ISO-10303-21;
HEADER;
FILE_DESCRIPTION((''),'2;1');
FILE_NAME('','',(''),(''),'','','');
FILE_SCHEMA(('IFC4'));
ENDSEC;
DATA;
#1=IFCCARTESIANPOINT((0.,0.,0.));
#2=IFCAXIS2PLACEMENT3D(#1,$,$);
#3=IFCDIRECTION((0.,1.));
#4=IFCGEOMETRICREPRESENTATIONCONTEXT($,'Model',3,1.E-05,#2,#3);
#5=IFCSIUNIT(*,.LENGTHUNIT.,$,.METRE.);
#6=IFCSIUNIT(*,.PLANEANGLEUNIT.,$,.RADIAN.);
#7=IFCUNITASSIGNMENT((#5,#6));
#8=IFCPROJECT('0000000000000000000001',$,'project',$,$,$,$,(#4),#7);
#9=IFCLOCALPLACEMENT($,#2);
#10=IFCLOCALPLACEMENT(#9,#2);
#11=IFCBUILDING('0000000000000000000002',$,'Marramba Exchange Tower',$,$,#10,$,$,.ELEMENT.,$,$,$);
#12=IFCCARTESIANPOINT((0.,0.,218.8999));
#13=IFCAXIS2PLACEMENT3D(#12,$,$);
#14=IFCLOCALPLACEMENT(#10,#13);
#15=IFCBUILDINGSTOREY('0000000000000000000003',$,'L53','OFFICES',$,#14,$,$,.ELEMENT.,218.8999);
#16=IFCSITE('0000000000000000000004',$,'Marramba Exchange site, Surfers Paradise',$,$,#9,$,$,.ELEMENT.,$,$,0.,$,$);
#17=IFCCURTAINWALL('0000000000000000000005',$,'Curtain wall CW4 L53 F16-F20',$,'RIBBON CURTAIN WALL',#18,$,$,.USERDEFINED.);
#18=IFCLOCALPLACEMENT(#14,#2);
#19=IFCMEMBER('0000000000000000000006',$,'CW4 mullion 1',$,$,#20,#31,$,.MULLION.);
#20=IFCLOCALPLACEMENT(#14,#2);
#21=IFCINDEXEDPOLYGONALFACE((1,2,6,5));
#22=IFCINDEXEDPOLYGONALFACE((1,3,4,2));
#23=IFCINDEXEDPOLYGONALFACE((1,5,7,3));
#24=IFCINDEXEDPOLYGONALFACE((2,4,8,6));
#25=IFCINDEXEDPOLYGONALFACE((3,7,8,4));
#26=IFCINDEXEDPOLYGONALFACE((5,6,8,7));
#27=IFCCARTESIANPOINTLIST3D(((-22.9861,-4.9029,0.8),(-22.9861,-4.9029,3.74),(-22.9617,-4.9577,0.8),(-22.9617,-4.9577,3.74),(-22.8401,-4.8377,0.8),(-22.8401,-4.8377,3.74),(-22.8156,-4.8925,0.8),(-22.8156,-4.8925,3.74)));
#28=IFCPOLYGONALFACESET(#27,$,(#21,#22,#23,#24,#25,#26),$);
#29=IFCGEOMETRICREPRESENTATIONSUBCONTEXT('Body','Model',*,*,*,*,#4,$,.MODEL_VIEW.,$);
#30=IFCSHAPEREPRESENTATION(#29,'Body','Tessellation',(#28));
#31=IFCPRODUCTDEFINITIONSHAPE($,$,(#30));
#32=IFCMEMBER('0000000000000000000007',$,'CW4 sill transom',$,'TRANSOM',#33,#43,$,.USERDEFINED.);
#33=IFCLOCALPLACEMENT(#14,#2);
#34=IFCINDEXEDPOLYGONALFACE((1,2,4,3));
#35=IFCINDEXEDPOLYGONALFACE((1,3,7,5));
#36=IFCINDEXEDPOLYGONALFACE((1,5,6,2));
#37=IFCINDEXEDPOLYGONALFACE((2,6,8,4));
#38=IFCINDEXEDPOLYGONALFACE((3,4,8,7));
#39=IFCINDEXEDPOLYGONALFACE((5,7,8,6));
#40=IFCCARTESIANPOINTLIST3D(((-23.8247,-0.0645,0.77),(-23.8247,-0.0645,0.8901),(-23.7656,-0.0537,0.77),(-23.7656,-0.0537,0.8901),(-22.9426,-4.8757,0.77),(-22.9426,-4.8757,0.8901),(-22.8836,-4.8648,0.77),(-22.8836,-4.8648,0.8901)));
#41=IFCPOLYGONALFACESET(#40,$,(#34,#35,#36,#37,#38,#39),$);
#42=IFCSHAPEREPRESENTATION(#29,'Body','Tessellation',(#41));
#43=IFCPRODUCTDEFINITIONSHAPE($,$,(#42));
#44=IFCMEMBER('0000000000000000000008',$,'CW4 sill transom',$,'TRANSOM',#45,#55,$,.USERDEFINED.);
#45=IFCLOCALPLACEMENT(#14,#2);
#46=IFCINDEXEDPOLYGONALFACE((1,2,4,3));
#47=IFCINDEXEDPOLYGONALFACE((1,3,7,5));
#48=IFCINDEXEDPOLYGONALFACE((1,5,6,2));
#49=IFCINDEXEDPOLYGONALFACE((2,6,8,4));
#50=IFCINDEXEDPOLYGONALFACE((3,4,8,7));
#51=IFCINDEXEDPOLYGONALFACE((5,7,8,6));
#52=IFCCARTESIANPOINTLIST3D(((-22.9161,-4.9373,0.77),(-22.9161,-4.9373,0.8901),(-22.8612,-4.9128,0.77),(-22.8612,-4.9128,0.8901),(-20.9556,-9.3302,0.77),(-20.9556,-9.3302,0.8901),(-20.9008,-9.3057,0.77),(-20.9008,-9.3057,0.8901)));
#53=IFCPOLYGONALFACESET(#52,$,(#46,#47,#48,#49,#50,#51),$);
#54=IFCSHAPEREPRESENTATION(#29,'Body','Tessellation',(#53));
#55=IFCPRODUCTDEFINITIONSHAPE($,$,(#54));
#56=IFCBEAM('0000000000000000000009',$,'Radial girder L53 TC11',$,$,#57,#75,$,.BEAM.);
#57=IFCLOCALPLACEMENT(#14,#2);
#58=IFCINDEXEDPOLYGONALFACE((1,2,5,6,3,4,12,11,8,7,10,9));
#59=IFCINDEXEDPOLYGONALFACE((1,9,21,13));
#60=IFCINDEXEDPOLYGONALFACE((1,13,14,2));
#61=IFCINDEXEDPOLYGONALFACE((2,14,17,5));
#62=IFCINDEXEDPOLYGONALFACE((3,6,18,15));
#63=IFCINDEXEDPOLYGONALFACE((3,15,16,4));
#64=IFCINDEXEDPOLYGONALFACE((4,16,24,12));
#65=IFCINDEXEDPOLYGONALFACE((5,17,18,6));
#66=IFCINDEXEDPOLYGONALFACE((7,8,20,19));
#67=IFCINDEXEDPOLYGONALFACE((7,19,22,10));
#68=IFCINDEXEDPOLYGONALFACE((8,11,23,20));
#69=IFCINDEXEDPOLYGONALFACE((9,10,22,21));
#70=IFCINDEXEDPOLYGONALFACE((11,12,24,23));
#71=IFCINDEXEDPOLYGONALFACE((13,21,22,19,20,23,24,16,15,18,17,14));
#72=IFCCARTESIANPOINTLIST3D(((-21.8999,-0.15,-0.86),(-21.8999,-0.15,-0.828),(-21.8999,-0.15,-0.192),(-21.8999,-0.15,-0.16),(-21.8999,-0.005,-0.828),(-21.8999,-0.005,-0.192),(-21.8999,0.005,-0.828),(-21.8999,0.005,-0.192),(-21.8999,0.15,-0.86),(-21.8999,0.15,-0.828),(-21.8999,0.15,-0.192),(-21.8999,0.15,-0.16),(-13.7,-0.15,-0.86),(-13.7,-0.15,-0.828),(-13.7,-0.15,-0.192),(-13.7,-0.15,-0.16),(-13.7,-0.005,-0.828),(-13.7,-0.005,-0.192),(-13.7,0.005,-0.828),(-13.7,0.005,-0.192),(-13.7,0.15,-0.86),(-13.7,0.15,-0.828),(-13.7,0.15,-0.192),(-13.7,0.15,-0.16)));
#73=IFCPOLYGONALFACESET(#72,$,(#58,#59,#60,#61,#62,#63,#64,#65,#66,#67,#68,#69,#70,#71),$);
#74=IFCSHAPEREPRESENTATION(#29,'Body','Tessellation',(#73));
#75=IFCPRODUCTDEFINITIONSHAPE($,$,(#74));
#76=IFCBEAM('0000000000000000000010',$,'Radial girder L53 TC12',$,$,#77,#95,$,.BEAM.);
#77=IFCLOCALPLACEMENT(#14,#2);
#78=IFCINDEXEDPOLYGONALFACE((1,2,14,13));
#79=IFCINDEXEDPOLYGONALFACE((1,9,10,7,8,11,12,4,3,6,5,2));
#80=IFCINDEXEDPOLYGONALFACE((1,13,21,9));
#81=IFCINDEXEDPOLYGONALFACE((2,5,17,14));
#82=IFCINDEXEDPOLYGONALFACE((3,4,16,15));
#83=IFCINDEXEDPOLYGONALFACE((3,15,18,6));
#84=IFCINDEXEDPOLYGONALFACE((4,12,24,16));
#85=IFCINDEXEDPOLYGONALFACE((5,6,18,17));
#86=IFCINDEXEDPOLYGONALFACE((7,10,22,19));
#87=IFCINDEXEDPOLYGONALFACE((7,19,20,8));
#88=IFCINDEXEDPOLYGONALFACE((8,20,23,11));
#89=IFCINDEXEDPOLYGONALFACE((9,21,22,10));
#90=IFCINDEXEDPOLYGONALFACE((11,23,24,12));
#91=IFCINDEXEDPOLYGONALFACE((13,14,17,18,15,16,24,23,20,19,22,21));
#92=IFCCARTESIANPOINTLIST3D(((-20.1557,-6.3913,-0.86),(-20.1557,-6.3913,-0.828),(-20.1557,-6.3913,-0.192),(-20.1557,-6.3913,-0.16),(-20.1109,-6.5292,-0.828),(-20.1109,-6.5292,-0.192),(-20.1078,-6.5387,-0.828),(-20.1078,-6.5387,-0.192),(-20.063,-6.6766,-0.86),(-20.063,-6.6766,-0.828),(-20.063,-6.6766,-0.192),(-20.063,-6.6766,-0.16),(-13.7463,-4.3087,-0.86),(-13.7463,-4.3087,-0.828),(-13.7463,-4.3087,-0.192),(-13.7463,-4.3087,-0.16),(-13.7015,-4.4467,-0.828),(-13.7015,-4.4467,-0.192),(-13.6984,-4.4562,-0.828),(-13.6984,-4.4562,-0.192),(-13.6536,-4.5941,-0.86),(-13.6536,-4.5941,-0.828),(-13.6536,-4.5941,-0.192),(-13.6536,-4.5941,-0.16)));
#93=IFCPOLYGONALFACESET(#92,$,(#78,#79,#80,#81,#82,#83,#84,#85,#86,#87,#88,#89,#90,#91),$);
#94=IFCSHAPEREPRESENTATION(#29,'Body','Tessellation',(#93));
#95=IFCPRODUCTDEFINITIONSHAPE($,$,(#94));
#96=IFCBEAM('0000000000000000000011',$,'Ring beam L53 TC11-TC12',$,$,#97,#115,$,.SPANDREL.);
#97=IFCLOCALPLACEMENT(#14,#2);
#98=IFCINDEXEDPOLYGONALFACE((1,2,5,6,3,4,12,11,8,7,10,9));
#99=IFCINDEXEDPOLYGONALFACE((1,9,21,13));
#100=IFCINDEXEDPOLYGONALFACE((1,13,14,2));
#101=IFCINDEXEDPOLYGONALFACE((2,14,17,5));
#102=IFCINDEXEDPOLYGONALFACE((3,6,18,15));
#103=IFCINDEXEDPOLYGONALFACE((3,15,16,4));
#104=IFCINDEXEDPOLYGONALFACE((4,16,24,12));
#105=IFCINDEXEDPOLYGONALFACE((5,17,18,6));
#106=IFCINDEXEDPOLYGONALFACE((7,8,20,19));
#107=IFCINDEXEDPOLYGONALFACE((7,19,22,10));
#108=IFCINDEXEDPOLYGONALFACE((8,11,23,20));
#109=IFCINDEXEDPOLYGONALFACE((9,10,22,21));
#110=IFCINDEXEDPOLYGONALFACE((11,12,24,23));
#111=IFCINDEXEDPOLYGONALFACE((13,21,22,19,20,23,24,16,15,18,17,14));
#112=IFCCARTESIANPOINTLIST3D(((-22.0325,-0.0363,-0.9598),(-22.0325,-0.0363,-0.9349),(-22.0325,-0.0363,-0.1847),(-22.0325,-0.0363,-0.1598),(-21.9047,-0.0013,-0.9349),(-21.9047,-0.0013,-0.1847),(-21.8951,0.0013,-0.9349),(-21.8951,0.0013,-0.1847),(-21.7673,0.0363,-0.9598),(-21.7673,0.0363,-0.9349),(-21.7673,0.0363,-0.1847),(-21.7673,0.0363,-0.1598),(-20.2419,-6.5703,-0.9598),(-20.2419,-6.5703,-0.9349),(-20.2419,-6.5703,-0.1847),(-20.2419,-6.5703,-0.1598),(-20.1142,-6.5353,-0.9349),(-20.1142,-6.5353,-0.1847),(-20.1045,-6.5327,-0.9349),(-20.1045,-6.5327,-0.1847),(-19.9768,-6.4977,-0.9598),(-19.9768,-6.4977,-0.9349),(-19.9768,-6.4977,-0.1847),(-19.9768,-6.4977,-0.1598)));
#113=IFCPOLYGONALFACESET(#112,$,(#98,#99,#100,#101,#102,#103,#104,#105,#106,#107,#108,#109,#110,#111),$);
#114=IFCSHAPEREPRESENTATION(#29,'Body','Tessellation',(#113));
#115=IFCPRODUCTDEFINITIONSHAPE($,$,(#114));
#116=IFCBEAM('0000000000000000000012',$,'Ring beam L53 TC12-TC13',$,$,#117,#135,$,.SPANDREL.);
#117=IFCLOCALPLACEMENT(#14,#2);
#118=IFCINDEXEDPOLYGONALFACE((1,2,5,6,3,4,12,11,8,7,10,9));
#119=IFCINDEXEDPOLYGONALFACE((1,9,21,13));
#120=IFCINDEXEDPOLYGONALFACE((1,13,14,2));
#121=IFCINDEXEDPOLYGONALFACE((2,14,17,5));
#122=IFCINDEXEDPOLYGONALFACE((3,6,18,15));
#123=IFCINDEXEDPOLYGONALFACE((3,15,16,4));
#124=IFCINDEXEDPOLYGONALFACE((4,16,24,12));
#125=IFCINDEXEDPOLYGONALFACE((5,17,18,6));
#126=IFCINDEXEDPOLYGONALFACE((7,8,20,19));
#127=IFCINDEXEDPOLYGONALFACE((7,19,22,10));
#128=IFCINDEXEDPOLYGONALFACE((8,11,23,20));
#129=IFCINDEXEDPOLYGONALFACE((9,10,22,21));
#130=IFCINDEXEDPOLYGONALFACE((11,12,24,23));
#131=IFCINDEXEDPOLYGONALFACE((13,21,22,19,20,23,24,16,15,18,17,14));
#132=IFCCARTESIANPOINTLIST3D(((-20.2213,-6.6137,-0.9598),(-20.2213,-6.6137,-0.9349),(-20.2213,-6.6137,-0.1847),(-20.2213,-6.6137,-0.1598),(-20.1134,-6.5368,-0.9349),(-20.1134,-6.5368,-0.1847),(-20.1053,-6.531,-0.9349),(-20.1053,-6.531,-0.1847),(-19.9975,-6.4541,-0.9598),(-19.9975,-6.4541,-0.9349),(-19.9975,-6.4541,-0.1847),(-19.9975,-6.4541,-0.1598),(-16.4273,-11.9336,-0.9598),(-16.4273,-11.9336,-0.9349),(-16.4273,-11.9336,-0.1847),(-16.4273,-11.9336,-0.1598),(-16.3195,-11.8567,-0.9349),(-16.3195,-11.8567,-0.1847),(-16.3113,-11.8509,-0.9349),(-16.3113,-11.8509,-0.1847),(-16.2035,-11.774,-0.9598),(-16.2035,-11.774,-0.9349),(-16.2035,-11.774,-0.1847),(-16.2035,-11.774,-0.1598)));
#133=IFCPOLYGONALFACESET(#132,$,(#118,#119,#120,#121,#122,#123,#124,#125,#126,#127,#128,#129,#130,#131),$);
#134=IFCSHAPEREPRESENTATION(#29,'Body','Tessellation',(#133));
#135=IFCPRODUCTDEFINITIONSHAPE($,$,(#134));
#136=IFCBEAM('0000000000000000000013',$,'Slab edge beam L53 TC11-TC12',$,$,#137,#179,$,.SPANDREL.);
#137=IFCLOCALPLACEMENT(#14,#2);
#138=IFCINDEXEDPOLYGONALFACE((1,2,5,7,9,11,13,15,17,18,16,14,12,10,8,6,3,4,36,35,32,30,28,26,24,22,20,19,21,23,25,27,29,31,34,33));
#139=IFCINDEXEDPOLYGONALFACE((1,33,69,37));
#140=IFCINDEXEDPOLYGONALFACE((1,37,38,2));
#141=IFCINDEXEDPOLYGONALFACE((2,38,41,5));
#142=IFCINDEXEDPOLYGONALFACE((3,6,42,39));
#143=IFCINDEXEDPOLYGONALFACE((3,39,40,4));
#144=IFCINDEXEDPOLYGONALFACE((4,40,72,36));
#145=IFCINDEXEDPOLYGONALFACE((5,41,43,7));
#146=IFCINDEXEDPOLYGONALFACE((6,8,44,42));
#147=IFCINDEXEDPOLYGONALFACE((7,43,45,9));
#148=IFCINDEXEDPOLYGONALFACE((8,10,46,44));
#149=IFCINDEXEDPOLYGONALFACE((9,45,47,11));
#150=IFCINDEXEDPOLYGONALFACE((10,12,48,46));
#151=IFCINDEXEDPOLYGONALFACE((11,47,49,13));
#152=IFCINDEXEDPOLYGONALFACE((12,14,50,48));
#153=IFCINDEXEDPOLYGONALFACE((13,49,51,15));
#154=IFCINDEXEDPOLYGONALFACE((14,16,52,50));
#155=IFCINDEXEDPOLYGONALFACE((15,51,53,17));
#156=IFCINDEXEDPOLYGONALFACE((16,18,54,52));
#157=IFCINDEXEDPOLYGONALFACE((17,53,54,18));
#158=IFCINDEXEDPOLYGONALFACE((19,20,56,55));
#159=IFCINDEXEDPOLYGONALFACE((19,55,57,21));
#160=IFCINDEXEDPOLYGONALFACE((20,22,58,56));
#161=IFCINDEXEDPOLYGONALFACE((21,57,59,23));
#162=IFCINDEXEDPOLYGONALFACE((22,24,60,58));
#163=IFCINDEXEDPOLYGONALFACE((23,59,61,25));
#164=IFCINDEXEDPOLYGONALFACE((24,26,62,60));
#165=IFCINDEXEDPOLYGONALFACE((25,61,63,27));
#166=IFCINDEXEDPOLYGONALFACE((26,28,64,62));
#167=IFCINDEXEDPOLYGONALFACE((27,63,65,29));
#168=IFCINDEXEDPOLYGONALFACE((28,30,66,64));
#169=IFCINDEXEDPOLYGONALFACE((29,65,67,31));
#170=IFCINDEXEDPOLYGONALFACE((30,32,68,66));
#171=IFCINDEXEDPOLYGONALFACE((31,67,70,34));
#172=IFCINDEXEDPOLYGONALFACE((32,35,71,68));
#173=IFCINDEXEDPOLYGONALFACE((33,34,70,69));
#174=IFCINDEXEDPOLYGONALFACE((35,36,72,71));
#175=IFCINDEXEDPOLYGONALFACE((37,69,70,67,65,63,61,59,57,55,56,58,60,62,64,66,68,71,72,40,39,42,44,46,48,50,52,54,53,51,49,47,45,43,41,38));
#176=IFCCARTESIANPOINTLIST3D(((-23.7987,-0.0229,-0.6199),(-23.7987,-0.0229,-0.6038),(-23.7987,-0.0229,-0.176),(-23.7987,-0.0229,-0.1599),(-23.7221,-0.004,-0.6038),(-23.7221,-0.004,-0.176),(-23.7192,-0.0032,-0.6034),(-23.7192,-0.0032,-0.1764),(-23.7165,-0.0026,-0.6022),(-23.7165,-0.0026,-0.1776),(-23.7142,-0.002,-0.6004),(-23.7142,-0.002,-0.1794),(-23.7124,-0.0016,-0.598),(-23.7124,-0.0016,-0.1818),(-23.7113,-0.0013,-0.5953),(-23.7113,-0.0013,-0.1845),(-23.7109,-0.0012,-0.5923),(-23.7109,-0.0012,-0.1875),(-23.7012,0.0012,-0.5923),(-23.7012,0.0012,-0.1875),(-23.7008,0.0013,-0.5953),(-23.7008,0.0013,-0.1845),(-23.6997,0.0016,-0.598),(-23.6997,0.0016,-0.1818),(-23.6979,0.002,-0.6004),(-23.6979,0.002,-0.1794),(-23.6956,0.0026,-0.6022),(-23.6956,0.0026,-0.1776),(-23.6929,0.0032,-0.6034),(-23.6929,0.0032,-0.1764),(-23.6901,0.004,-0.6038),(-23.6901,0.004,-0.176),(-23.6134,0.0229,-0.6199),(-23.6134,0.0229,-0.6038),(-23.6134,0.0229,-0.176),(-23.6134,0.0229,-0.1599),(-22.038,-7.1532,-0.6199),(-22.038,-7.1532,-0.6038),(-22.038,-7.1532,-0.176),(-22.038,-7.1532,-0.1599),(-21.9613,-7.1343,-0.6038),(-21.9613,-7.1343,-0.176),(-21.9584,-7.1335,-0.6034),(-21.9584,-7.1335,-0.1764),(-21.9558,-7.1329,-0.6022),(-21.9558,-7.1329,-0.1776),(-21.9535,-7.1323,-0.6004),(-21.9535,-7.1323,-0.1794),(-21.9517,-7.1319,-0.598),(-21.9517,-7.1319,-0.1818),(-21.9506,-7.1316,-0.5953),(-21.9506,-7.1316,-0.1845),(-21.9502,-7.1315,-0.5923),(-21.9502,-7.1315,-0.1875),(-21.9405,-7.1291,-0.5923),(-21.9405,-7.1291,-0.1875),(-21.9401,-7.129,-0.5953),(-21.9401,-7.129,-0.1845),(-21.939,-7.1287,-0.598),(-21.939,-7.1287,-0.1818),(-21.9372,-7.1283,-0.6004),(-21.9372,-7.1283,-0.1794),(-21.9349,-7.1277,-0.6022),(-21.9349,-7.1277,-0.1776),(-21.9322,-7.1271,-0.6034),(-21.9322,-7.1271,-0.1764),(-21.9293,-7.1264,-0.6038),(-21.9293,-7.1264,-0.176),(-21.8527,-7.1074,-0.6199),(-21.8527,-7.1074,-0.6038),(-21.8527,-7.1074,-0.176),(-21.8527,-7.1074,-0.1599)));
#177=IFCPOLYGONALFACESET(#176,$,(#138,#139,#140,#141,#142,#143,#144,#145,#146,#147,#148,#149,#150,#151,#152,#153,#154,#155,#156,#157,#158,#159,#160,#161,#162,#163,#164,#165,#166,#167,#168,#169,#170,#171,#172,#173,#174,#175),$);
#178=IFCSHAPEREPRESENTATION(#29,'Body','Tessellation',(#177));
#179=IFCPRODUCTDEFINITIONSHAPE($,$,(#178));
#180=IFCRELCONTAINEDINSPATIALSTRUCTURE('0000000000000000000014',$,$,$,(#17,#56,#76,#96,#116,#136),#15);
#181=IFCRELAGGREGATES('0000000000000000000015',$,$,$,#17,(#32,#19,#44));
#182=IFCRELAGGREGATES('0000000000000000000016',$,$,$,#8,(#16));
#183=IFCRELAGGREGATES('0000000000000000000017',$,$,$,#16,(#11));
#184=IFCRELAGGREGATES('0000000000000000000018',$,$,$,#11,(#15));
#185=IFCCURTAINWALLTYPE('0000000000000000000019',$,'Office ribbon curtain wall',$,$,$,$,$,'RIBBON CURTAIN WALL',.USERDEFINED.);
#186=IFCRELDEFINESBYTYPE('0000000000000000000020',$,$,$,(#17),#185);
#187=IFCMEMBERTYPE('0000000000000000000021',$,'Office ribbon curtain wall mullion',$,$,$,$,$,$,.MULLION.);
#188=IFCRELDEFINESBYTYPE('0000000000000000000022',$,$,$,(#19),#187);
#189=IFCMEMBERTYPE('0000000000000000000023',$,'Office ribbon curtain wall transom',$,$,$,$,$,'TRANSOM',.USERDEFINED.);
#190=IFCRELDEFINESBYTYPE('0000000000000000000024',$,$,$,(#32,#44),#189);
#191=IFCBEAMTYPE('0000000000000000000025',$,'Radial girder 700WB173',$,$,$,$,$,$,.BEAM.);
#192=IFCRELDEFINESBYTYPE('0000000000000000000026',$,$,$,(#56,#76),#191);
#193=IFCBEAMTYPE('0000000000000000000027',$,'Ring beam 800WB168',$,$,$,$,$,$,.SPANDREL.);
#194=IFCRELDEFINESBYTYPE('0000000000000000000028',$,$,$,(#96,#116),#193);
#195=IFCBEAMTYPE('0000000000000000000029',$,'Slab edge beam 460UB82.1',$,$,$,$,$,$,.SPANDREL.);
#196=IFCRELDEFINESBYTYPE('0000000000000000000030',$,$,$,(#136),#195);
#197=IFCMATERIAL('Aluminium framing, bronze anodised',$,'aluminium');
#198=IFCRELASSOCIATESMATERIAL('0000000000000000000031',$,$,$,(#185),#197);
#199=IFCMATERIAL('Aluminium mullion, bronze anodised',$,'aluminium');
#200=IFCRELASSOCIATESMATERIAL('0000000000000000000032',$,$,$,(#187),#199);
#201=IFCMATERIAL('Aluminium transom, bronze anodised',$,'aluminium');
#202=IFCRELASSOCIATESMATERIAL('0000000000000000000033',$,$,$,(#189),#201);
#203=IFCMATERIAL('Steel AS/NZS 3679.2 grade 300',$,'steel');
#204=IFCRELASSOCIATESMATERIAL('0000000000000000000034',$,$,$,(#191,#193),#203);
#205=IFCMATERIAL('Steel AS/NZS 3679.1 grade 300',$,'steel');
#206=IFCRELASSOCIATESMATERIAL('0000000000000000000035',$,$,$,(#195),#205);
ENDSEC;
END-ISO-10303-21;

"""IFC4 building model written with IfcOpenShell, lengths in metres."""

from ifc_helpers import new_model, si_unit, direction, frame, origin, origin_2d, place, context, subcontext, project, spatial, rectangle, i_section, extrude, material, material_profile, profile_set, type_object, element, aggregate, save


model = new_model("IFC4")

# Units and contexts
model_context = context("Model", 3, precision=1e-05, world=origin(), true_north=direction((0.0, 1.0)))
body_context = subcontext(model_context, "Body", "Model", "MODEL_VIEW")
ifc_project = project(units=[si_unit("LENGTHUNIT", "METRE"), si_unit("PLANEANGLEUNIT", "RADIAN")], contexts=[model_context])

# Site, building, storey
site_placement = place(None, origin())
site = spatial("IfcSite", under=ifc_project, at=site_placement, Name="Marramba Exchange site, Surfers Paradise", CompositionType="ELEMENT", RefElevation=0.0)
building_placement = place(site_placement, origin())
building = spatial("IfcBuilding", under=site, at=building_placement, Name="Marramba Exchange Tower", CompositionType="ELEMENT")
storey_placement = place(building_placement, frame((0.0, 0.0, 218.8999)))
storey = spatial("IfcBuildingStorey", under=building, at=storey_placement, Name="L53", Description="OFFICES", CompositionType="ELEMENT", Elevation=218.8999)

# Shared definitions
ifc_material_1 = material(Name="Steel AS/NZS 3679.2 grade 300", Category="steel")
ifc_material_2 = material(Name="Steel AS/NZS 3679.1 grade 300", Category="steel")

# Curtain wall, members
ifc_material_3 = material(Name="Aluminium framing, bronze anodised", Category="aluminium")
curtain_wall_type = type_object("IfcCurtainWallType", Name="Office ribbon curtain wall", ElementType="RIBBON CURTAIN WALL", PredefinedType="USERDEFINED", material=ifc_material_3)
curtain_wall_placement = place(storey_placement, origin())
curtain_wall = element("IfcCurtainWall", 1, at=curtain_wall_placement, inside=storey, type_object=curtain_wall_type, Name="Curtain wall CW4 L53 F16-F20", ObjectType="RIBBON CURTAIN WALL", PredefinedType="USERDEFINED")
ifc_material_4 = material(Name="Aluminium mullion, bronze anodised", Category="aluminium")
ifc_material_profile_1 = material_profile(ifc_material_4, rectangle(XDim=0.1599, YDim=0.0601, at=origin_2d()), Name="CW4 mullion 60x160")
ifc_profile_set_1 = profile_set([ifc_material_profile_1], Name="Aluminium mullion, bronze anodised")
member_type_1 = type_object("IfcMemberType", Name="Office ribbon curtain wall mullion", PredefinedType="MULLION", material=ifc_profile_set_1)
member_1_placement = place(storey_placement, frame((-22.9009, -4.8977, 0.8), z_axis=(0.0, 0.0, 1.0), x_axis=(0.91318, 0.407558, 0.0)))
member_1 = element("IfcMember", 2, at=member_1_placement, type_object=member_type_1, Name="CW4 mullion 1", PredefinedType="MULLION", context=body_context, shape_type="SweptSolid", body=[
    extrude(rectangle(XDim=0.1599, YDim=0.0601, at=origin_2d()), origin(), (0.0, 0.0, 1.0), 2.9399),
])
ifc_material_5 = material(Name="Aluminium transom, bronze anodised", Category="aluminium")
ifc_material_profile_2 = material_profile(ifc_material_5, rectangle(XDim=0.0601, YDim=0.1201, at=origin_2d()), Name="CW4 transom 60x120")
ifc_profile_set_2 = profile_set([ifc_material_profile_2], Name="Aluminium transom, bronze anodised")
member_type_2 = type_object("IfcMemberType", Name="Office ribbon curtain wall transom", ElementType="TRANSOM", PredefinedType="USERDEFINED", material=ifc_profile_set_2)
member_2_placement = place(storey_placement, frame((-23.7952, -0.0591, 0.8301), z_axis=(0.18033, -0.983606, 0.0), x_axis=(0.983606, 0.18033, 0.0)))
member_2 = element("IfcMember", 3, at=member_2_placement, type_object=member_type_2, Name="CW4 sill transom", ObjectType="TRANSOM", PredefinedType="USERDEFINED", context=body_context, shape_type="SweptSolid", body=[
    extrude(rectangle(XDim=0.0601, YDim=0.1201, at=origin_2d()), origin(), (0.0, 0.0, 1.0), 4.8914),
])
member_3_placement = place(storey_placement, frame((-22.8887, -4.925, 0.8301), z_axis=(0.407541, -0.913187, 0.0), x_axis=(0.913187, 0.407541, 0.0)))
member_3 = element("IfcMember", 4, at=member_3_placement, type_object=member_type_2, Name="CW4 sill transom", ObjectType="TRANSOM", PredefinedType="USERDEFINED", context=body_context, shape_type="SweptSolid", body=[
    extrude(rectangle(XDim=0.0601, YDim=0.1201, at=origin_2d()), origin(), (0.0, 0.0, 1.0), 4.8105),
])

# Beams
ifc_material_profile_3 = material_profile(ifc_material_1, i_section(OverallWidth=0.3, OverallDepth=0.7, WebThickness=0.01, FlangeThickness=0.032, at=origin_2d()), Name="700WB173")
ifc_profile_set_3 = profile_set([ifc_material_profile_3], Name="Steel AS/NZS 3679.2 grade 300")
beam_type_1 = type_object("IfcBeamType", Name="Radial girder 700WB173", PredefinedType="BEAM", material=ifc_profile_set_3)
beam_1_placement = place(storey_placement, frame((-13.7, 0.0, -0.51), z_axis=(-1.0, 0.0, 0.0), x_axis=(0.0, -1.0, 0.0)))
element("IfcBeam", 5, at=beam_1_placement, inside=storey, type_object=beam_type_1, Name="Radial girder L53 TC11", PredefinedType="BEAM", context=body_context, shape_type="SweptSolid", body=[
    extrude(i_section(OverallWidth=0.3, OverallDepth=0.7, WebThickness=0.01, FlangeThickness=0.032, at=origin_2d()), origin(), (0.0, 0.0, 1.0), 8.2),
])
beam_2_placement = place(storey_placement, frame((-13.7, -4.4514, -0.51), z_axis=(-0.951058, -0.309013, 0.0), x_axis=(0.309013, -0.951058, 0.0)))
element("IfcBeam", 6, at=beam_2_placement, inside=storey, type_object=beam_type_1, Name="Radial girder L53 TC12", PredefinedType="BEAM", context=body_context, shape_type="SweptSolid", body=[
    extrude(i_section(OverallWidth=0.3, OverallDepth=0.7, WebThickness=0.01, FlangeThickness=0.032, at=origin_2d()), origin(), (0.0, 0.0, 1.0), 6.7393),
])
ifc_material_profile_4 = material_profile(ifc_material_1, i_section(OverallWidth=0.2749, OverallDepth=0.8, WebThickness=0.01, FlangeThickness=0.0249, at=origin_2d()), Name="800WB168")
ifc_profile_set_4 = profile_set([ifc_material_profile_4], Name="Steel AS/NZS 3679.2 grade 300")
beam_type_2 = type_object("IfcBeamType", Name="Ring beam 800WB168", PredefinedType="SPANDREL", material=ifc_profile_set_4)
beam_3_placement = place(storey_placement, frame((-21.8999, 0.0, -0.5598), z_axis=(0.264291, -0.964443, 0.0), x_axis=(0.964443, 0.264291, 0.0)))
element("IfcBeam", 7, at=beam_3_placement, inside=storey, type_object=beam_type_2, Name="Ring beam L53 TC11-TC12", PredefinedType="SPANDREL", context=body_context, shape_type="SweptSolid", body=[
    extrude(i_section(OverallWidth=0.2749, OverallDepth=0.8, WebThickness=0.01, FlangeThickness=0.0249, at=origin_2d()), origin(), (0.0, 0.0, 1.0), 6.7749),
])
beam_4_placement = place(storey_placement, frame((-20.1094, -6.5339, -0.5598), z_axis=(0.580637, -0.814162, 0.0), x_axis=(0.814162, 0.580637, 0.0)))
element("IfcBeam", 8, at=beam_4_placement, inside=storey, type_object=beam_type_2, Name="Ring beam L53 TC12-TC13", PredefinedType="SPANDREL", context=body_context, shape_type="SweptSolid", body=[
    extrude(i_section(OverallWidth=0.2749, OverallDepth=0.8, WebThickness=0.01, FlangeThickness=0.0249, at=origin_2d()), origin(), (0.0, 0.0, 1.0), 6.5342),
])
ifc_material_profile_5 = material_profile(ifc_material_2, i_section(OverallWidth=0.1909, OverallDepth=0.46, WebThickness=0.01, FlangeThickness=0.0161, FilletRadius=0.0115, at=origin_2d()), Name="460UB82.1")
ifc_profile_set_5 = profile_set([ifc_material_profile_5], Name="Steel AS/NZS 3679.1 grade 300")
beam_type_3 = type_object("IfcBeamType", Name="Slab edge beam 460UB82.1", PredefinedType="SPANDREL", material=ifc_profile_set_5)
beam_5_placement = place(storey_placement, frame((-23.7061, 0.0, -0.3899), z_axis=(0.239735, -0.970838, 0.0), x_axis=(0.970838, 0.239735, 0.0)))
element("IfcBeam", 9, at=beam_5_placement, inside=storey, type_object=beam_type_3, Name="Slab edge beam L53 TC11-TC12", PredefinedType="SPANDREL", context=body_context, shape_type="SweptSolid", body=[
    extrude(i_section(OverallWidth=0.1909, OverallDepth=0.46, WebThickness=0.01, FlangeThickness=0.0161, FilletRadius=0.0115, at=origin_2d()), origin(), (0.0, 0.0, 1.0), 7.3445),
])

aggregate(curtain_wall, [member_2, member_1, member_3])

save(model, "model.ifc")
